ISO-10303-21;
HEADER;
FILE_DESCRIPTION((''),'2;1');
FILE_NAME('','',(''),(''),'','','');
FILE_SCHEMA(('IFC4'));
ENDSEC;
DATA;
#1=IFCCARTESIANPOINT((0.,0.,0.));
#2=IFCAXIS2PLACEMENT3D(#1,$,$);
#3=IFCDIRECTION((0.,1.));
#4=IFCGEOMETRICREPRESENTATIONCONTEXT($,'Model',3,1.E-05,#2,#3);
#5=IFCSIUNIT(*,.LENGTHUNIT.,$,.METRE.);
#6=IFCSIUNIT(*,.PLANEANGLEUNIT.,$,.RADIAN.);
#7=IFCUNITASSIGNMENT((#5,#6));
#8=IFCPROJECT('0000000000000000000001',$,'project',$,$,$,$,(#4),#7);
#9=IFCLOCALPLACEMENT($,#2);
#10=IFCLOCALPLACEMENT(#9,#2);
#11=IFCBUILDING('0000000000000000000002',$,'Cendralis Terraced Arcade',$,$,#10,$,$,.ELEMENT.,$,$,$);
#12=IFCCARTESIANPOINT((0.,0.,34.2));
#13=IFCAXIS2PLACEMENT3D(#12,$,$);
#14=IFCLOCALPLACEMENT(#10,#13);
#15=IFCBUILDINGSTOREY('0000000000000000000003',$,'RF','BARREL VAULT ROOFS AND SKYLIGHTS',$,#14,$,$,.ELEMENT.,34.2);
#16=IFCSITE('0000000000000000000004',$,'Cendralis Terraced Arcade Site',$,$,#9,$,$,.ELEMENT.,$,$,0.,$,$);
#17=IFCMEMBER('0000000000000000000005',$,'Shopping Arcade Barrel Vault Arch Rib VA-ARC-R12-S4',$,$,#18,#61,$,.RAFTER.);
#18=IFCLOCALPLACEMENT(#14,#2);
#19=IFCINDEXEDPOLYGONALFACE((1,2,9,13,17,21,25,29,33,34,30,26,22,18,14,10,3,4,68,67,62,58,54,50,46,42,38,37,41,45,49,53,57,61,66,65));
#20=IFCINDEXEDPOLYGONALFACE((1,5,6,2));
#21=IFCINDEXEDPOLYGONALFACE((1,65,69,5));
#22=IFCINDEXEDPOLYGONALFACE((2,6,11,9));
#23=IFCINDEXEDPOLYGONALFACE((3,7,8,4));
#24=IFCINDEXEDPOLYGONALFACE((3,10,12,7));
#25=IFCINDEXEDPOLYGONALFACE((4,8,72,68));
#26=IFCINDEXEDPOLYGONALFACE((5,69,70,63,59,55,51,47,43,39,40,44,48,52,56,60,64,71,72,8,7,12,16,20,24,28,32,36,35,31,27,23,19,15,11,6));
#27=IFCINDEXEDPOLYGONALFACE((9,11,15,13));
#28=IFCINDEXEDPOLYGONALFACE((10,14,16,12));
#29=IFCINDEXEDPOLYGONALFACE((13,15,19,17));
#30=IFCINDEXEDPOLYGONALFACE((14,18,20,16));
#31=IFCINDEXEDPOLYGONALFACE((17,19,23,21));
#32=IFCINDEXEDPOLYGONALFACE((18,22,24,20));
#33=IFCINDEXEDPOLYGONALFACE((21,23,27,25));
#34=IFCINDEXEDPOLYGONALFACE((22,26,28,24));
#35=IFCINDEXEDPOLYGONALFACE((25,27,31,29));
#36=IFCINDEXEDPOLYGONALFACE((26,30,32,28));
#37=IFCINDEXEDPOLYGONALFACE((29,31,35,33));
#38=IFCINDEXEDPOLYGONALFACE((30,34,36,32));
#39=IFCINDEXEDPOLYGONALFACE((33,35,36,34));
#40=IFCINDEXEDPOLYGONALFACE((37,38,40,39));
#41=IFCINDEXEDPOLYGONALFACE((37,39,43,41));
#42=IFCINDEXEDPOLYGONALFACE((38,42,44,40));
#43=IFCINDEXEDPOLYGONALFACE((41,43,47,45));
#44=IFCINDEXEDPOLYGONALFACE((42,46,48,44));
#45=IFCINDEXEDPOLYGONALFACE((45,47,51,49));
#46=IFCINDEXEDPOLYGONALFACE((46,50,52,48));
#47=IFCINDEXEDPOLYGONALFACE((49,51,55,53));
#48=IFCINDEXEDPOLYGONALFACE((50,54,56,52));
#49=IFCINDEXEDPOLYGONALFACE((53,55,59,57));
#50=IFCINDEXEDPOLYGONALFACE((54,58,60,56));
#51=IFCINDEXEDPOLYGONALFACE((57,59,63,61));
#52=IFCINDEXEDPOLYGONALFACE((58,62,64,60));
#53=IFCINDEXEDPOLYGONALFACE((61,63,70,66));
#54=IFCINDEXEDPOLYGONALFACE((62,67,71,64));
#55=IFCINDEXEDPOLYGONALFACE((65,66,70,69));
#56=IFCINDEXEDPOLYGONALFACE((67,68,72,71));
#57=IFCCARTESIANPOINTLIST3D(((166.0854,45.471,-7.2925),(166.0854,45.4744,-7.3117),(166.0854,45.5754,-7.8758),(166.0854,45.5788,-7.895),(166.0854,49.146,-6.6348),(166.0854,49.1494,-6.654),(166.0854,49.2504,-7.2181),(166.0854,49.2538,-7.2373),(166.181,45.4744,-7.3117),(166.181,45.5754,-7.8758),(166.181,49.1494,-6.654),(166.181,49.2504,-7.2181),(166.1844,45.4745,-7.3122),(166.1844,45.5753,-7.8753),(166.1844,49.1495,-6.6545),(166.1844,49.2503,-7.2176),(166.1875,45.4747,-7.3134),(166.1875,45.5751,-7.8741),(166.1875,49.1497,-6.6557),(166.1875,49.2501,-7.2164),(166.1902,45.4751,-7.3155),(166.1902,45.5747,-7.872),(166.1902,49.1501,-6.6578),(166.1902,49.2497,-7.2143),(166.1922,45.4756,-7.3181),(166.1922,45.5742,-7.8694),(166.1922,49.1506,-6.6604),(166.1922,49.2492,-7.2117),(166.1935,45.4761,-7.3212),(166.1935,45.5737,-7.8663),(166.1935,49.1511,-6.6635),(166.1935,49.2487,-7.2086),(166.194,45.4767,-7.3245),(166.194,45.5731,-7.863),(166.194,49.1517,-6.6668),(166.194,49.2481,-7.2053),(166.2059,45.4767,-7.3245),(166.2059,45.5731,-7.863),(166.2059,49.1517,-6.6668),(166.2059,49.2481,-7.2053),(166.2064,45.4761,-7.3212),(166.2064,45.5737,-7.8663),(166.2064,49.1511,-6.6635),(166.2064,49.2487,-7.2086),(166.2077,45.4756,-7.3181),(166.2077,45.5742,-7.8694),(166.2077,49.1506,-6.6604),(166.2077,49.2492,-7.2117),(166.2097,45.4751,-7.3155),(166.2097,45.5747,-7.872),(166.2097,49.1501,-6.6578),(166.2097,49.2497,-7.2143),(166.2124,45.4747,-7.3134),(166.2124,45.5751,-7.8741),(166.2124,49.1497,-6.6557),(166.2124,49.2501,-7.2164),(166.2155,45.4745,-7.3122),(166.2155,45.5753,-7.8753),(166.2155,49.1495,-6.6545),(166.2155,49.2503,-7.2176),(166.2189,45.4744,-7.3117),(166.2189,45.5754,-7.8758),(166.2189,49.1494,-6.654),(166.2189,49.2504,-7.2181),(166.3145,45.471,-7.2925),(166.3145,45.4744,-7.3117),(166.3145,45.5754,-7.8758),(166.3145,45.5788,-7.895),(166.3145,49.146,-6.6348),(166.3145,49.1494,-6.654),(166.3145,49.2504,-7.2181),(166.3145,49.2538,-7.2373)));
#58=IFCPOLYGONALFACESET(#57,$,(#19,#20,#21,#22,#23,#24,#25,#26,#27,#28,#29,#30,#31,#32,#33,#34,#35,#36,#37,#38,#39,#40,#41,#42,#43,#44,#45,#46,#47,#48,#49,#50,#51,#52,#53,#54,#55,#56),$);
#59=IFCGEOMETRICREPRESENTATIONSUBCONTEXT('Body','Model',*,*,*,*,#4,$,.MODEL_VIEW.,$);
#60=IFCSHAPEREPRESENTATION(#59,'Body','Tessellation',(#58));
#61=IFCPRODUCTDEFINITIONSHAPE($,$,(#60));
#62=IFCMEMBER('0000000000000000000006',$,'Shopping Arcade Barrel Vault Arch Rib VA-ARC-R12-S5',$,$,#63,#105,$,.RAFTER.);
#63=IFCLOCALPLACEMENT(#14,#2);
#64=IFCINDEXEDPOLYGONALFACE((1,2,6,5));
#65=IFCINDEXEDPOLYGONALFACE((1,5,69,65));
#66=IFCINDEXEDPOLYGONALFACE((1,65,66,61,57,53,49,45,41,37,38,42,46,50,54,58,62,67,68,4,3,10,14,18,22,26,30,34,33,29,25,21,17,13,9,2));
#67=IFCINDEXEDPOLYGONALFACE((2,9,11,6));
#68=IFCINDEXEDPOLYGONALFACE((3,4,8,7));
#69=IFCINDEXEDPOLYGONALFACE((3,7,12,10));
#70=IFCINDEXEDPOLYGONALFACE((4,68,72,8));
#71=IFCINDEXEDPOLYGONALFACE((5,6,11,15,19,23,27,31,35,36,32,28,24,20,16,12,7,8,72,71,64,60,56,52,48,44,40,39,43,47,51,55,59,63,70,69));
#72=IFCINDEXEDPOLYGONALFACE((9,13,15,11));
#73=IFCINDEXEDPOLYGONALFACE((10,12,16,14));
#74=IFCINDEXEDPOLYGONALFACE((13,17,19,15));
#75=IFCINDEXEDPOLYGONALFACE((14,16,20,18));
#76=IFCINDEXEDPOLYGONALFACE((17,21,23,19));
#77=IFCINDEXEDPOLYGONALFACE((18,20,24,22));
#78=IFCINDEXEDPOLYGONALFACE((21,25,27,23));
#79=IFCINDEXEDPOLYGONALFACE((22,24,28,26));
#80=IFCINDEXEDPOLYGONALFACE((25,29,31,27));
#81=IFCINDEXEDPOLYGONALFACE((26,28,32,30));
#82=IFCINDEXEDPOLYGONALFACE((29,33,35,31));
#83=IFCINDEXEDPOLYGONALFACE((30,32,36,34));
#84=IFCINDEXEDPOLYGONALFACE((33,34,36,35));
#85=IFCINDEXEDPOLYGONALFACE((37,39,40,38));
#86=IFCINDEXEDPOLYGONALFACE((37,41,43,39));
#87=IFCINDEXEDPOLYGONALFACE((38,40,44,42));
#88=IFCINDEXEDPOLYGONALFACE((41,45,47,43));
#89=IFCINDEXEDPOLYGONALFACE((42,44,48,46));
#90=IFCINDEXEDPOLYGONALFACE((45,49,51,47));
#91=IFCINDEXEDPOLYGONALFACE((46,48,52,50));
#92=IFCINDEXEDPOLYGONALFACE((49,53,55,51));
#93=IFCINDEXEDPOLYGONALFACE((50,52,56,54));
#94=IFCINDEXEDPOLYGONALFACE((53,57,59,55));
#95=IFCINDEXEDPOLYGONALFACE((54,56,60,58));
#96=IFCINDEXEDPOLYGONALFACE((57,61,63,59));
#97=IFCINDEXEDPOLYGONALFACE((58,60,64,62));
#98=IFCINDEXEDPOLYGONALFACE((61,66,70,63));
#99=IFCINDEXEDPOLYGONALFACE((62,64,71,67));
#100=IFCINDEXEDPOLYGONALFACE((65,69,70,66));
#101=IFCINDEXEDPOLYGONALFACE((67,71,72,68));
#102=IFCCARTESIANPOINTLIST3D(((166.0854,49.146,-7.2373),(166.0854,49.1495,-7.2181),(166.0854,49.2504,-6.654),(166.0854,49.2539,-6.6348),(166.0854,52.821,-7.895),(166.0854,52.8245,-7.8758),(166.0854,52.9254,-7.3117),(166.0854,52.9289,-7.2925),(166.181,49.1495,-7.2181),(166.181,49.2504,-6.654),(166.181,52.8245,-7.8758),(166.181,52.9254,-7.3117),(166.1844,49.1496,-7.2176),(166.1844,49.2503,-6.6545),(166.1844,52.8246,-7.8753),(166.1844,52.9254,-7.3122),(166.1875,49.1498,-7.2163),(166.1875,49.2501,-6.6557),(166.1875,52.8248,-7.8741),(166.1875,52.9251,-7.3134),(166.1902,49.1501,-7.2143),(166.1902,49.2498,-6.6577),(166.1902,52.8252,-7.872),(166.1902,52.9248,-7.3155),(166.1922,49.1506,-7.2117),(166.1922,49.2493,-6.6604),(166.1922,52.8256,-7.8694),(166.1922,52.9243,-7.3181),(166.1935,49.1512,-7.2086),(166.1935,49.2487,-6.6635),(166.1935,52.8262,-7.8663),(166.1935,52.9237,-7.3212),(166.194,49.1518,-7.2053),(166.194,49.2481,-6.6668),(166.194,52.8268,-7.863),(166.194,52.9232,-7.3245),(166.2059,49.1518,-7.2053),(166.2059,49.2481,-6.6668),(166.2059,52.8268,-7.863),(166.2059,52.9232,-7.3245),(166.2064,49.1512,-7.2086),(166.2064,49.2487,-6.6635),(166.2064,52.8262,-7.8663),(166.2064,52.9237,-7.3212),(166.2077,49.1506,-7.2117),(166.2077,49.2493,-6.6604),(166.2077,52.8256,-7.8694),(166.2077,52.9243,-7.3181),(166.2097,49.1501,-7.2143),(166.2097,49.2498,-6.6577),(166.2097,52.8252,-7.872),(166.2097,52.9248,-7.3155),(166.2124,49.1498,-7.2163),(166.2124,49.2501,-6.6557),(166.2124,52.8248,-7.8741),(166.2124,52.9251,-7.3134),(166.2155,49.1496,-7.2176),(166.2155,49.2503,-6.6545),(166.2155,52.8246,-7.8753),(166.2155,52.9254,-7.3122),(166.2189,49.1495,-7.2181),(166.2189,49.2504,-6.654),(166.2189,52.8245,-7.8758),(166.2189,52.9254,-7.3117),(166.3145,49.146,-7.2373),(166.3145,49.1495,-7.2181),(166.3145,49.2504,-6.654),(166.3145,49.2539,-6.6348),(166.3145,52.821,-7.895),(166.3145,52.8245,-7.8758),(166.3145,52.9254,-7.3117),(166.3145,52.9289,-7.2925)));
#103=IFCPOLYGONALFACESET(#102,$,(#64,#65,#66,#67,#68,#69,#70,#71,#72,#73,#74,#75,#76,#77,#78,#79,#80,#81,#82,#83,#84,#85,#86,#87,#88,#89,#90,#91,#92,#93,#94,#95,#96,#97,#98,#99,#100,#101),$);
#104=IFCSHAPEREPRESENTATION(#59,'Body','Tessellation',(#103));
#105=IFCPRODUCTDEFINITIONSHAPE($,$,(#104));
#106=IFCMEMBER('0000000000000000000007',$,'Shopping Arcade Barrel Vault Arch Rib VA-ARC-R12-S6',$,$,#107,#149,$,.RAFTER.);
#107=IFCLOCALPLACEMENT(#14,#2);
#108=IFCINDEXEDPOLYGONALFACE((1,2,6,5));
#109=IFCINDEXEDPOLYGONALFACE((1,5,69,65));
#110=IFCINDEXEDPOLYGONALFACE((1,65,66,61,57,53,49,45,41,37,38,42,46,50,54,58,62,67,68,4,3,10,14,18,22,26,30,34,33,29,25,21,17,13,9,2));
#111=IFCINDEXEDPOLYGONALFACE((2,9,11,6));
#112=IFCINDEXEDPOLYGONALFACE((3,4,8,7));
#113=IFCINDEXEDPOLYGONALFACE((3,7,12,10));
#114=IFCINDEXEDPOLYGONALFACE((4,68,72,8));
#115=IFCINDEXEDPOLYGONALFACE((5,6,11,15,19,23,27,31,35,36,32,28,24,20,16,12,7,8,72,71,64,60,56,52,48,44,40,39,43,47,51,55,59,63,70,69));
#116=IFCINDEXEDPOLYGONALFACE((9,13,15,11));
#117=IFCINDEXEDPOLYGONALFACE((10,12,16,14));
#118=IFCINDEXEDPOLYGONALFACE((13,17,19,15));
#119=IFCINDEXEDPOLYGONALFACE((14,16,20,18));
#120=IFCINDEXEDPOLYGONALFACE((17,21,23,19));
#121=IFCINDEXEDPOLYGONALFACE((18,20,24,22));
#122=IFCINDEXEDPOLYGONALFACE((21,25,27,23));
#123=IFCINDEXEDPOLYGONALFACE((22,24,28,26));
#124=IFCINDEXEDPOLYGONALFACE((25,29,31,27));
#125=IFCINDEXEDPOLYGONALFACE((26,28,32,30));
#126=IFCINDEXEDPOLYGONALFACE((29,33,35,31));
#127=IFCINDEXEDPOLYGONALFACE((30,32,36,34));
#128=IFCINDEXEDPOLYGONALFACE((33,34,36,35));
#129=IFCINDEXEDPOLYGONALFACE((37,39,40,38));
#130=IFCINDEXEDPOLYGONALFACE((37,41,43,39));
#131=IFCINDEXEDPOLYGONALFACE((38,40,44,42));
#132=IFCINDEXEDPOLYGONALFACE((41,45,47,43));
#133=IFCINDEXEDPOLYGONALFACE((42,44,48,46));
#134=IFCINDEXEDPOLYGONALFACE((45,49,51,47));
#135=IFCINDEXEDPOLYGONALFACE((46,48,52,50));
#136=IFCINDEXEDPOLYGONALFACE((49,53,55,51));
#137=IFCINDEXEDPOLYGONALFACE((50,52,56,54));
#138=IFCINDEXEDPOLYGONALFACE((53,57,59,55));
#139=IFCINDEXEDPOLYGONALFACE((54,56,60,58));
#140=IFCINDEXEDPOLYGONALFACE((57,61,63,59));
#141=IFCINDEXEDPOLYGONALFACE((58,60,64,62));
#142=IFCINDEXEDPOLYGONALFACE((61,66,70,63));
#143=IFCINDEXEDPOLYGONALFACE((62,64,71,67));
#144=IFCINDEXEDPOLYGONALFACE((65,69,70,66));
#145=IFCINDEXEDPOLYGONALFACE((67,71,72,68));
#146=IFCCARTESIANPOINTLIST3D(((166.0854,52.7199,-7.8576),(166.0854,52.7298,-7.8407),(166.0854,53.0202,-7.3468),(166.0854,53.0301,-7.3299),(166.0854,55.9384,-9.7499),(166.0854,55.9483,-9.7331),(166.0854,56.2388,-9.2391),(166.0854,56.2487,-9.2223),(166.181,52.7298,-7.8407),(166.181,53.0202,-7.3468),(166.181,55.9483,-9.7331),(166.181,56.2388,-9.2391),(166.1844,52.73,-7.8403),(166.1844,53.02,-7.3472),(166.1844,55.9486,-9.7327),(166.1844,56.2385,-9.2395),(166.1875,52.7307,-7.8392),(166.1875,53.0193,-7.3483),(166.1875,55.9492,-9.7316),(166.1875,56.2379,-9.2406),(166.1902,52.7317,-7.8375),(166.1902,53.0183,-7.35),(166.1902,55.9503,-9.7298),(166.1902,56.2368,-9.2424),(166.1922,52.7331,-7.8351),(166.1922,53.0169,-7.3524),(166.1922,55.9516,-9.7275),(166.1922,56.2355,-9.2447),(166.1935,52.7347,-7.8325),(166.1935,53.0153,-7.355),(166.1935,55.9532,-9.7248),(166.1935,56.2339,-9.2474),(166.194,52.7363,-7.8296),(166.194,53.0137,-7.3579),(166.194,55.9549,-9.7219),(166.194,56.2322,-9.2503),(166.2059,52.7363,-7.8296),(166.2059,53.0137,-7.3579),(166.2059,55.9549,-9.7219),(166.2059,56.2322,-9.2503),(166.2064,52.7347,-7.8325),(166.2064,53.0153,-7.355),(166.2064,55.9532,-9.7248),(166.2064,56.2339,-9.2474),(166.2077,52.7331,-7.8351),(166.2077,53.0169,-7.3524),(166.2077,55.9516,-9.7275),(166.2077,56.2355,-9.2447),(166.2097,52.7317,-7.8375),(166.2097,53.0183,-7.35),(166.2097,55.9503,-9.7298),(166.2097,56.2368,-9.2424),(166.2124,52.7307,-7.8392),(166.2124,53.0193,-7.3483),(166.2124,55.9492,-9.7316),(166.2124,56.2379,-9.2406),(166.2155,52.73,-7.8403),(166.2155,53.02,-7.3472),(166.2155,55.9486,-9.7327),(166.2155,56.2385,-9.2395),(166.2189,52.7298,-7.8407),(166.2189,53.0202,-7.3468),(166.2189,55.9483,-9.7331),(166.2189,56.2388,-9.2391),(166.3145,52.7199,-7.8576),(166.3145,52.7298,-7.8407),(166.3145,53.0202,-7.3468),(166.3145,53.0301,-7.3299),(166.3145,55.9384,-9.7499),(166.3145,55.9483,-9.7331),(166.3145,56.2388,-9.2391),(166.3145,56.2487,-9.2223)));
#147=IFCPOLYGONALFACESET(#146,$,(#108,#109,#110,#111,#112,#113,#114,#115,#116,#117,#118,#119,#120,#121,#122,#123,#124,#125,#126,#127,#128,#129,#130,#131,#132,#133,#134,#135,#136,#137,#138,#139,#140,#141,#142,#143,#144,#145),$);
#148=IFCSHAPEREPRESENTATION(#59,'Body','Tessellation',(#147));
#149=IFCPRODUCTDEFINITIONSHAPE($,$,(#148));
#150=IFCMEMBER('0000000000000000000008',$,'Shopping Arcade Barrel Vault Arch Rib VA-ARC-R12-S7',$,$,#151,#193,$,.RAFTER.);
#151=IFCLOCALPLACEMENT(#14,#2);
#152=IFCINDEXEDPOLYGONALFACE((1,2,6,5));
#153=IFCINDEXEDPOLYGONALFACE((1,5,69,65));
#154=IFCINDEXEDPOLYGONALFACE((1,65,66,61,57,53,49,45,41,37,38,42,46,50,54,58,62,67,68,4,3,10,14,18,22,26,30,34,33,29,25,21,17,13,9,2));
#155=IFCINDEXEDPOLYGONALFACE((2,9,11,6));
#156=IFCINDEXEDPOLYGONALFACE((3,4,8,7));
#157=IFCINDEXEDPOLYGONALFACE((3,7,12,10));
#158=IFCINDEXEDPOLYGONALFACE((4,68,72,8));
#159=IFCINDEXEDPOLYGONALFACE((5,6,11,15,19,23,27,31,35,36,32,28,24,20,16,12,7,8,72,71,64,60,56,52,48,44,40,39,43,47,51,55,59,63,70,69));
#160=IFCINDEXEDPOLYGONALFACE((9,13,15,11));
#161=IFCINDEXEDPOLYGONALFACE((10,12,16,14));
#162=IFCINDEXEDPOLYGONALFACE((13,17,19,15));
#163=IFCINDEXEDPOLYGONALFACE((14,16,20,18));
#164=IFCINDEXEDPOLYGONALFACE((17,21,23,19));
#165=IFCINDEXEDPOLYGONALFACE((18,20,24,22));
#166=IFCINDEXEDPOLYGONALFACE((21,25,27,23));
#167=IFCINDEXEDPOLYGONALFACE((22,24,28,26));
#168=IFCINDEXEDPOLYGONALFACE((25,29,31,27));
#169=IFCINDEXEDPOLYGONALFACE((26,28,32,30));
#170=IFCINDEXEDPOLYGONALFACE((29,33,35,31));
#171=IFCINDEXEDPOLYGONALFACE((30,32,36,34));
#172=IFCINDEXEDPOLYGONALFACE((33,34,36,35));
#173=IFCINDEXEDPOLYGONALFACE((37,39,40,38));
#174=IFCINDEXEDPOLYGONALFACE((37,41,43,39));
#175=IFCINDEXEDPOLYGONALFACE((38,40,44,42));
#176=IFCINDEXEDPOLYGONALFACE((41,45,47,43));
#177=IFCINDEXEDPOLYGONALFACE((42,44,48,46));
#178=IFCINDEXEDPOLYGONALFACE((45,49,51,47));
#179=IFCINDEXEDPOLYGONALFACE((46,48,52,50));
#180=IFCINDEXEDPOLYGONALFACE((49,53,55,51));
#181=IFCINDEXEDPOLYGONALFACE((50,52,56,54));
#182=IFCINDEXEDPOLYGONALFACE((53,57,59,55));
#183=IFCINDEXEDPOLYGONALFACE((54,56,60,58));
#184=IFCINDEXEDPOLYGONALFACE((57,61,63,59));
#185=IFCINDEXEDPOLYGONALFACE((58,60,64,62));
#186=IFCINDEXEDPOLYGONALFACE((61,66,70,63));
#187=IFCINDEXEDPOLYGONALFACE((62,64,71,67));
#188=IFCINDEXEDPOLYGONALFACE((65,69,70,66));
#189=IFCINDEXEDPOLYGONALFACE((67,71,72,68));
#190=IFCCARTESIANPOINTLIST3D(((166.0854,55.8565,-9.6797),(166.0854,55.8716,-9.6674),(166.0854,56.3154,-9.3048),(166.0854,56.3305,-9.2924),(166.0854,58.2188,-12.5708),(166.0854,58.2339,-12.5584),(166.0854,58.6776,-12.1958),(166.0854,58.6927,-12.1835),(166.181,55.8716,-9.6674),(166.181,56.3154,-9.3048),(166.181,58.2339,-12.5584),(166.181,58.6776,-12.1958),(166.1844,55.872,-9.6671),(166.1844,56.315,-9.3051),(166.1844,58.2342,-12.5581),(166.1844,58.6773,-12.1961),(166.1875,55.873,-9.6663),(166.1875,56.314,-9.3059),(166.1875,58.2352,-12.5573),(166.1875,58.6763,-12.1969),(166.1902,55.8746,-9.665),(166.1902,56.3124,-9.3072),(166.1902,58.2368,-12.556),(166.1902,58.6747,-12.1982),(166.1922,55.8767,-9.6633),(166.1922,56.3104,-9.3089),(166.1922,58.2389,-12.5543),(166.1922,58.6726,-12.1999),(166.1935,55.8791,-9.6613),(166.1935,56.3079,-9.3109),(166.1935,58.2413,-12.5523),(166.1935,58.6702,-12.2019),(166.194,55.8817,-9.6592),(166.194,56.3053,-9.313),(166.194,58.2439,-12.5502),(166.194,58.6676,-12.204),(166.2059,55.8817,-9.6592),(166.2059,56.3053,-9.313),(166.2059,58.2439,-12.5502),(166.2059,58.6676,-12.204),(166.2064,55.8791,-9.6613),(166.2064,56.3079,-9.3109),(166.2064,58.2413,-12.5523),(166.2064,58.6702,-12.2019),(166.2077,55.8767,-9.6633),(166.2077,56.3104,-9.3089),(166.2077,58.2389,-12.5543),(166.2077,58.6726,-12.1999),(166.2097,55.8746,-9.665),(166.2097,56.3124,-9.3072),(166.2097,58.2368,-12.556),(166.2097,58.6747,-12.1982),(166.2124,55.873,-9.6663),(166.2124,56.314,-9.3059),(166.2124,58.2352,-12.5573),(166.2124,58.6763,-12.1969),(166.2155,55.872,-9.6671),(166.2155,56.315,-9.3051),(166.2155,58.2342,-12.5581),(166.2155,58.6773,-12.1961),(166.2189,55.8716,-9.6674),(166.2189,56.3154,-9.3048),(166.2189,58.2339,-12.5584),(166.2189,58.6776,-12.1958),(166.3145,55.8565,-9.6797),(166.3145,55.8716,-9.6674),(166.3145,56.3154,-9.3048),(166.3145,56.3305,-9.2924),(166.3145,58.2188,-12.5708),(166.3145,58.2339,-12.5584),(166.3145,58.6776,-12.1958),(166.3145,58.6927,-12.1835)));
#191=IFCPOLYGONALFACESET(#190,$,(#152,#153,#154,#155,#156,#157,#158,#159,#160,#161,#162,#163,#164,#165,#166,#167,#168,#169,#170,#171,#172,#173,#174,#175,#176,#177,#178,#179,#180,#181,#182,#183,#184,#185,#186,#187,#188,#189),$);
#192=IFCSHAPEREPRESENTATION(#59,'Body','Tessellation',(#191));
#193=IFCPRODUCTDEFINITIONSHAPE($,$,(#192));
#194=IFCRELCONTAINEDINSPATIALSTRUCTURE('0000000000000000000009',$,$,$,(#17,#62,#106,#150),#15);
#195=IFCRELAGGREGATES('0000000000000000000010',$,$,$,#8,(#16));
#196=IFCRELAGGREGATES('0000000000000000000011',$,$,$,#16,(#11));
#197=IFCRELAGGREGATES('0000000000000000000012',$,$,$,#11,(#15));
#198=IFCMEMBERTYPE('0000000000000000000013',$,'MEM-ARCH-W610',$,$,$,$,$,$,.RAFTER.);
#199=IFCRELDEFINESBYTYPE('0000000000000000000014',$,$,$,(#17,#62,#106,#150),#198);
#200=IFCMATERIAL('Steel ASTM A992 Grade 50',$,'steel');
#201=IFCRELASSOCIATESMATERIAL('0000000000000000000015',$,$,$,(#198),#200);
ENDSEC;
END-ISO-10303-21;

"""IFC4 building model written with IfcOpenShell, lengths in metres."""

from ifc_helpers import new_model, si_unit, direction, frame, origin, origin_2d, place, context, subcontext, project, spatial, i_section, extrude, material, material_profile, profile_set, type_object, element, save


model = new_model("IFC4")

# Units and contexts
model_context = context("Model", 3, precision=1e-05, world=origin(), true_north=direction((0.0, 1.0)))
body_context = subcontext(model_context, "Body", "Model", "MODEL_VIEW")
ifc_project = project(units=[si_unit("LENGTHUNIT", "METRE"), si_unit("PLANEANGLEUNIT", "RADIAN")], contexts=[model_context])

# Site, building, storey
site_placement = place(None, origin())
site = spatial("IfcSite", under=ifc_project, at=site_placement, Name="Cendralis Terraced Arcade Site", CompositionType="ELEMENT", RefElevation=0.0)
building_placement = place(site_placement, origin())
building = spatial("IfcBuilding", under=site, at=building_placement, Name="Cendralis Terraced Arcade", CompositionType="ELEMENT")
storey_placement = place(building_placement, frame((0.0, 0.0, 34.2)))
storey = spatial("IfcBuildingStorey", under=building, at=storey_placement, Name="RF", Description="BARREL VAULT ROOFS AND SKYLIGHTS", CompositionType="ELEMENT", Elevation=34.2)

# Members
ifc_material_1 = material(Name="Steel ASTM A992 Grade 50", Category="steel")
ifc_material_profile_1 = material_profile(ifc_material_1, i_section(OverallWidth=0.229, OverallDepth=0.6121, WebThickness=0.012, FlangeThickness=0.0195, FilletRadius=0.0129, at=origin_2d()), Name="W610X125", Category="LoadBearing")
ifc_profile_set_1 = profile_set([ifc_material_profile_1], Name="Steel ASTM A992 Grade 50")
member_type_1 = type_object("IfcMemberType", Name="MEM-ARCH-W610", PredefinedType="RAFTER", material=ifc_profile_set_1)
for number, where, z_axis, x_axis, name in (
    (1, (166.2, 45.5249, -7.5938), (0.0, 0.98436, 0.176169), (-1.0, 0.0, 0.0), "Shopping Arcade Barrel Vault Arch Rib VA-ARC-R12-S4"),
    (2, (166.2, 49.2, -6.936), (0.0, 0.98436, -0.176169), (-1.0, 0.0, 0.0), "Shopping Arcade Barrel Vault Arch Rib VA-ARC-R12-S5"),
):
    element("IfcMember", number, at=place(storey_placement, frame(where, z_axis=z_axis, x_axis=x_axis)), inside=storey, type_object=member_type_1, Name=name, PredefinedType="RAFTER", context=body_context, shape_type="SweptSolid", body=[
        extrude(i_section(OverallWidth=0.229, OverallDepth=0.6121, WebThickness=0.012, FlangeThickness=0.0195, FilletRadius=0.0129, at=origin_2d()), origin(), (0.0, 0.0, 1.0), 3.7334),
    ])
member_1_placement = place(storey_placement, frame((166.2, 52.875, -7.5938), z_axis=(0.0, 0.86204, -0.50684), x_axis=(-1.0, 0.0, 0.0)))
element("IfcMember", 3, at=member_1_placement, inside=storey, type_object=member_type_1, Name="Shopping Arcade Barrel Vault Arch Rib VA-ARC-R12-S6", PredefinedType="RAFTER", context=body_context, shape_type="SweptSolid", body=[
    extrude(i_section(OverallWidth=0.229, OverallDepth=0.6121, WebThickness=0.012, FlangeThickness=0.0195, FilletRadius=0.0129, at=origin_2d()), origin(), (0.0, 0.0, 1.0), 3.7336),
])
member_2_placement = place(storey_placement, frame((166.2, 56.0935, -9.4861), z_axis=(0.0, 0.632732, -0.774371), x_axis=(-1.0, 0.0, 0.0)))
element("IfcMember", 4, at=member_2_placement, inside=storey, type_object=member_type_1, Name="Shopping Arcade Barrel Vault Arch Rib VA-ARC-R12-S7", PredefinedType="RAFTER", context=body_context, shape_type="SweptSolid", body=[
    extrude(i_section(OverallWidth=0.229, OverallDepth=0.6121, WebThickness=0.012, FlangeThickness=0.0195, FilletRadius=0.0129, at=origin_2d()), origin(), (0.0, 0.0, 1.0), 3.7334),
])

save(model, "model.ifc")
